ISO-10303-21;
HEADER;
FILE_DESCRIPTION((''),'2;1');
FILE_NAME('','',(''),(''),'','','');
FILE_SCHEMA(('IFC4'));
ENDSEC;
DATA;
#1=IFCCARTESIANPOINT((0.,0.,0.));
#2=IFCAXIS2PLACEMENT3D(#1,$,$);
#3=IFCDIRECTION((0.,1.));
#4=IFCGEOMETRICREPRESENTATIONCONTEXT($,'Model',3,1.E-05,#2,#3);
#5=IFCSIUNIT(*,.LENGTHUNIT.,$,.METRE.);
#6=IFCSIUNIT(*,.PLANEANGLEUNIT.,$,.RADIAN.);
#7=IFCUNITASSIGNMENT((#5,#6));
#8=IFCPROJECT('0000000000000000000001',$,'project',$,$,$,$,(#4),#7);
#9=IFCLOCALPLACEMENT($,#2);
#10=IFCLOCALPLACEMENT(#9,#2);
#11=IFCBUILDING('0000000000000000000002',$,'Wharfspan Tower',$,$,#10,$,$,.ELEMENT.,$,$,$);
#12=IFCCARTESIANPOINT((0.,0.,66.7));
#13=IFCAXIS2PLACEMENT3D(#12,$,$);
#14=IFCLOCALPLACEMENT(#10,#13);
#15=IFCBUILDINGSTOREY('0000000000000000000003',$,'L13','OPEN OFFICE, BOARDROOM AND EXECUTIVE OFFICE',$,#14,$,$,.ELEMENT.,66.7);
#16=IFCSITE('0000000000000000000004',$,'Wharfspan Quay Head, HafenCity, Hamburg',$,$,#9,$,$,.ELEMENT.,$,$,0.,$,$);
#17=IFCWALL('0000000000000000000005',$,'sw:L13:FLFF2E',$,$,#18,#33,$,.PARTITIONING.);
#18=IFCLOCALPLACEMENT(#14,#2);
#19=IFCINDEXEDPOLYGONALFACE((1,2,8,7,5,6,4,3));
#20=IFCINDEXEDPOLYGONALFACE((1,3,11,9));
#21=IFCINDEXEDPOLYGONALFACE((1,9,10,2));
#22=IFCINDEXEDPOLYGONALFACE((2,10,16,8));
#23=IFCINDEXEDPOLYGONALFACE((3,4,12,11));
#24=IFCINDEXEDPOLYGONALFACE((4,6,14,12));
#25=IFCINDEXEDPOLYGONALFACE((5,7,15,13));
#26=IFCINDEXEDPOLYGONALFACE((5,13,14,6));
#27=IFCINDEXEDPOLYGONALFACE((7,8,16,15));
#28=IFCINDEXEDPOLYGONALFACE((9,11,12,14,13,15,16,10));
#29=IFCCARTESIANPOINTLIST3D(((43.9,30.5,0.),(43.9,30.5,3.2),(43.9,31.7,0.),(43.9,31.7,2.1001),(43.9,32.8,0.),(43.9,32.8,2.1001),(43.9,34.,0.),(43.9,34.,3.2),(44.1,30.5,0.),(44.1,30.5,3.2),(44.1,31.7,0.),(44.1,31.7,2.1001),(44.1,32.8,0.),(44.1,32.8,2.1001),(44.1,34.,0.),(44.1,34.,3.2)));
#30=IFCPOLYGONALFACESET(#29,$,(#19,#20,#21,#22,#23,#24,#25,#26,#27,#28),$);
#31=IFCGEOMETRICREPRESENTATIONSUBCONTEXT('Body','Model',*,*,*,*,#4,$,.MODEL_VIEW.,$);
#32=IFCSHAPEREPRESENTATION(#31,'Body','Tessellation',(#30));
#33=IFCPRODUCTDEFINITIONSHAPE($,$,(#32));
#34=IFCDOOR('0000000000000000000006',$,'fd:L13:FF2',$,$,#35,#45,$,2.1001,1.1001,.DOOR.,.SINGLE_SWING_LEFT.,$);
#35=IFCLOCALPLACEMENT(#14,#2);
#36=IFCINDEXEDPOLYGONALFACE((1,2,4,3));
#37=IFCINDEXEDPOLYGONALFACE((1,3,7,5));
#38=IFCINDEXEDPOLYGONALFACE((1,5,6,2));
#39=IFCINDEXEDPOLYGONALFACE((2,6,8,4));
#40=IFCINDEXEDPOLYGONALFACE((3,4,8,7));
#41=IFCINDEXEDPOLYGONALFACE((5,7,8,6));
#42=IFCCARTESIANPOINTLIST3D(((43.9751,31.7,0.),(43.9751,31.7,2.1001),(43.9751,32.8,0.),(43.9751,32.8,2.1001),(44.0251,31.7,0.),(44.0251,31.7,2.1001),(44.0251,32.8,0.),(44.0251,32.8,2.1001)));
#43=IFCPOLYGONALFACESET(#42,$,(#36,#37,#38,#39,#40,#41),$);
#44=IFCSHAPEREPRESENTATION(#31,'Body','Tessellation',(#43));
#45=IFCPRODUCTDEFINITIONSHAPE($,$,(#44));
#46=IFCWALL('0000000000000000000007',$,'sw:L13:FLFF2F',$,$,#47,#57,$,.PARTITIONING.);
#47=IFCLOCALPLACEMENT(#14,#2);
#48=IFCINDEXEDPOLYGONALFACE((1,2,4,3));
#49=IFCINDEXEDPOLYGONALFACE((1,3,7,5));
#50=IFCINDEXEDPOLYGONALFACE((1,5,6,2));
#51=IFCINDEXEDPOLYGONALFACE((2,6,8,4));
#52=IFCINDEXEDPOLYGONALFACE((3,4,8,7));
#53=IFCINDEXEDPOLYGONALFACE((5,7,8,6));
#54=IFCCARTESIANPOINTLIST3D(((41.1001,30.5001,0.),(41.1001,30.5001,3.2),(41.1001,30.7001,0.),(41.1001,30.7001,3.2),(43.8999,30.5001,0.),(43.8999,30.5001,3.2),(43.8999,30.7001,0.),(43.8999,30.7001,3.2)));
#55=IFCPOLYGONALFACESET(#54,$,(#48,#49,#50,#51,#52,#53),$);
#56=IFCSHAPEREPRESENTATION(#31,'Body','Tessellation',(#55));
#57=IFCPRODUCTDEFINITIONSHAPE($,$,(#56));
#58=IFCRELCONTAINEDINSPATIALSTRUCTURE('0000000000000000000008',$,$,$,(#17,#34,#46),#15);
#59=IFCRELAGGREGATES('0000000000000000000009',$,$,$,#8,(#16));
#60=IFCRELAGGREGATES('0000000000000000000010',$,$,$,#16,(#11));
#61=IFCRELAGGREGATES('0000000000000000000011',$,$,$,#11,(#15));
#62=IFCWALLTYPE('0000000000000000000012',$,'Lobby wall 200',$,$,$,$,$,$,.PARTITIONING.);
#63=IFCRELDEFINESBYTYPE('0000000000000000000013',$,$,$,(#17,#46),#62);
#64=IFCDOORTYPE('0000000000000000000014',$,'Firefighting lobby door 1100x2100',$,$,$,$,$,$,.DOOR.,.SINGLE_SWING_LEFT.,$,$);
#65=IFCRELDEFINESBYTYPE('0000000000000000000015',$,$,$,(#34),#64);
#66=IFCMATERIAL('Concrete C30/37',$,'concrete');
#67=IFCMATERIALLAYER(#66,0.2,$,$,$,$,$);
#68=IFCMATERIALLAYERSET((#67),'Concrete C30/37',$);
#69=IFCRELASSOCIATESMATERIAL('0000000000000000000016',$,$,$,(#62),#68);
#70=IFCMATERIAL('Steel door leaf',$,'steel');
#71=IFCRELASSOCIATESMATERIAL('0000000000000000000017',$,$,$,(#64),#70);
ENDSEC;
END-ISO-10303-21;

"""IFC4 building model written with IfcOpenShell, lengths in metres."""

from ifc_helpers import new_model, si_unit, direction, frame, frame_2d, origin, place, context, subcontext, project, spatial, rectangle, extrude, material, layer, layer_set, type_object, element, fill, save


model = new_model("IFC4")

# Units and contexts
model_context = context("Model", 3, precision=1e-05, world=origin(), true_north=direction((0.0, 1.0)))
body_context = subcontext(model_context, "Body", "Model", "MODEL_VIEW")
ifc_project = project(units=[si_unit("LENGTHUNIT", "METRE"), si_unit("PLANEANGLEUNIT", "RADIAN")], contexts=[model_context])

# Site, building, storey
site_placement = place(None, origin())
site = spatial("IfcSite", under=ifc_project, at=site_placement, Name="Wharfspan Quay Head, HafenCity, Hamburg", CompositionType="ELEMENT", RefElevation=0.0)
building_placement = place(site_placement, origin())
building = spatial("IfcBuilding", under=site, at=building_placement, Name="Wharfspan Tower", CompositionType="ELEMENT")
storey_placement = place(building_placement, frame((0.0, 0.0, 66.7)))
storey = spatial("IfcBuildingStorey", under=building, at=storey_placement, Name="L13", Description="OPEN OFFICE, BOARDROOM AND EXECUTIVE OFFICE", CompositionType="ELEMENT", Elevation=66.7)

# Shared definitions
ifc_material_1 = material(Name="Steel door leaf", Category="steel")

# Shared definitions
ifc_material_2 = material(Name="Concrete C30/37", Category="concrete")
ifc_layer_1 = layer(ifc_material_2, 0.2)
ifc_layer_set_1 = layer_set([ifc_layer_1], Name="Concrete C30/37")
wall_type_1 = type_object("IfcWallType", Name="Lobby wall 200", PredefinedType="PARTITIONING", material=ifc_layer_set_1)

# Wall, opening, door
wall_1_placement = place(storey_placement, frame((44.0, 30.5, 0.0), z_axis=(0.0, 0.0, 1.0), x_axis=(0.0, 1.0, 0.0)))
wall_1 = element("IfcWall", 1, at=wall_1_placement, inside=storey, type_object=wall_type_1, Name="sw:L13:FLFF2E", PredefinedType="PARTITIONING", context=body_context, shape_type="SweptSolid", body=[
    extrude(rectangle(XDim=3.5, YDim=0.2, at=frame_2d((1.75, 0.0))), origin(), (0.0, 0.0, 1.0), 3.2),
])
opening_1_placement = place(wall_1_placement, frame((1.2, 0.0, 0.0)))
opening_1 = element("IfcOpeningElement", 2, at=opening_1_placement, cuts=wall_1, PredefinedType="OPENING", context=body_context, shape_type="SweptSolid", body=[
    extrude(rectangle(XDim=1.1001, YDim=2.1001, at=frame_2d((0.55, 1.05))), frame((0.0, 0.1099, 0.0), z_axis=(0.0, -1.0, 0.0), x_axis=(1.0, 0.0, 0.0)), (0.0, 0.0, 1.0), 0.22),
])
door_type_1 = type_object("IfcDoorType", Name="Firefighting lobby door 1100x2100", OperationType="SINGLE_SWING_LEFT", PredefinedType="DOOR", material=ifc_material_1)
door_1_placement = place(opening_1_placement, origin())
door_1 = element("IfcDoor", 3, at=door_1_placement, inside=storey, type_object=door_type_1, Name="fd:L13:FF2", OperationType="SINGLE_SWING_LEFT", OverallHeight=2.1001, OverallWidth=1.1001, PredefinedType="DOOR", context=body_context, shape_type="SweptSolid", body=[
    extrude(rectangle(XDim=1.1001, YDim=2.1001, at=frame_2d((0.55, 1.05))), frame((0.0, 0.0249, 0.0), z_axis=(0.0, -1.0, 0.0), x_axis=(1.0, 0.0, 0.0)), (0.0, 0.0, 1.0), 0.05),
])
fill(opening_1, door_1)

# Wall
wall_2_placement = place(storey_placement, frame((41.1001, 30.6001, 0.0), z_axis=(0.0, 0.0, 1.0), x_axis=(1.0, 0.0, 0.0)))
element("IfcWall", 4, at=wall_2_placement, inside=storey, type_object=wall_type_1, Name="sw:L13:FLFF2F", PredefinedType="PARTITIONING", context=body_context, shape_type="SweptSolid", body=[
    extrude(rectangle(XDim=2.7998, YDim=0.2, at=frame_2d((1.3999, 0.0))), origin(), (0.0, 0.0, 1.0), 3.2),
])

save(model, "model.ifc")
